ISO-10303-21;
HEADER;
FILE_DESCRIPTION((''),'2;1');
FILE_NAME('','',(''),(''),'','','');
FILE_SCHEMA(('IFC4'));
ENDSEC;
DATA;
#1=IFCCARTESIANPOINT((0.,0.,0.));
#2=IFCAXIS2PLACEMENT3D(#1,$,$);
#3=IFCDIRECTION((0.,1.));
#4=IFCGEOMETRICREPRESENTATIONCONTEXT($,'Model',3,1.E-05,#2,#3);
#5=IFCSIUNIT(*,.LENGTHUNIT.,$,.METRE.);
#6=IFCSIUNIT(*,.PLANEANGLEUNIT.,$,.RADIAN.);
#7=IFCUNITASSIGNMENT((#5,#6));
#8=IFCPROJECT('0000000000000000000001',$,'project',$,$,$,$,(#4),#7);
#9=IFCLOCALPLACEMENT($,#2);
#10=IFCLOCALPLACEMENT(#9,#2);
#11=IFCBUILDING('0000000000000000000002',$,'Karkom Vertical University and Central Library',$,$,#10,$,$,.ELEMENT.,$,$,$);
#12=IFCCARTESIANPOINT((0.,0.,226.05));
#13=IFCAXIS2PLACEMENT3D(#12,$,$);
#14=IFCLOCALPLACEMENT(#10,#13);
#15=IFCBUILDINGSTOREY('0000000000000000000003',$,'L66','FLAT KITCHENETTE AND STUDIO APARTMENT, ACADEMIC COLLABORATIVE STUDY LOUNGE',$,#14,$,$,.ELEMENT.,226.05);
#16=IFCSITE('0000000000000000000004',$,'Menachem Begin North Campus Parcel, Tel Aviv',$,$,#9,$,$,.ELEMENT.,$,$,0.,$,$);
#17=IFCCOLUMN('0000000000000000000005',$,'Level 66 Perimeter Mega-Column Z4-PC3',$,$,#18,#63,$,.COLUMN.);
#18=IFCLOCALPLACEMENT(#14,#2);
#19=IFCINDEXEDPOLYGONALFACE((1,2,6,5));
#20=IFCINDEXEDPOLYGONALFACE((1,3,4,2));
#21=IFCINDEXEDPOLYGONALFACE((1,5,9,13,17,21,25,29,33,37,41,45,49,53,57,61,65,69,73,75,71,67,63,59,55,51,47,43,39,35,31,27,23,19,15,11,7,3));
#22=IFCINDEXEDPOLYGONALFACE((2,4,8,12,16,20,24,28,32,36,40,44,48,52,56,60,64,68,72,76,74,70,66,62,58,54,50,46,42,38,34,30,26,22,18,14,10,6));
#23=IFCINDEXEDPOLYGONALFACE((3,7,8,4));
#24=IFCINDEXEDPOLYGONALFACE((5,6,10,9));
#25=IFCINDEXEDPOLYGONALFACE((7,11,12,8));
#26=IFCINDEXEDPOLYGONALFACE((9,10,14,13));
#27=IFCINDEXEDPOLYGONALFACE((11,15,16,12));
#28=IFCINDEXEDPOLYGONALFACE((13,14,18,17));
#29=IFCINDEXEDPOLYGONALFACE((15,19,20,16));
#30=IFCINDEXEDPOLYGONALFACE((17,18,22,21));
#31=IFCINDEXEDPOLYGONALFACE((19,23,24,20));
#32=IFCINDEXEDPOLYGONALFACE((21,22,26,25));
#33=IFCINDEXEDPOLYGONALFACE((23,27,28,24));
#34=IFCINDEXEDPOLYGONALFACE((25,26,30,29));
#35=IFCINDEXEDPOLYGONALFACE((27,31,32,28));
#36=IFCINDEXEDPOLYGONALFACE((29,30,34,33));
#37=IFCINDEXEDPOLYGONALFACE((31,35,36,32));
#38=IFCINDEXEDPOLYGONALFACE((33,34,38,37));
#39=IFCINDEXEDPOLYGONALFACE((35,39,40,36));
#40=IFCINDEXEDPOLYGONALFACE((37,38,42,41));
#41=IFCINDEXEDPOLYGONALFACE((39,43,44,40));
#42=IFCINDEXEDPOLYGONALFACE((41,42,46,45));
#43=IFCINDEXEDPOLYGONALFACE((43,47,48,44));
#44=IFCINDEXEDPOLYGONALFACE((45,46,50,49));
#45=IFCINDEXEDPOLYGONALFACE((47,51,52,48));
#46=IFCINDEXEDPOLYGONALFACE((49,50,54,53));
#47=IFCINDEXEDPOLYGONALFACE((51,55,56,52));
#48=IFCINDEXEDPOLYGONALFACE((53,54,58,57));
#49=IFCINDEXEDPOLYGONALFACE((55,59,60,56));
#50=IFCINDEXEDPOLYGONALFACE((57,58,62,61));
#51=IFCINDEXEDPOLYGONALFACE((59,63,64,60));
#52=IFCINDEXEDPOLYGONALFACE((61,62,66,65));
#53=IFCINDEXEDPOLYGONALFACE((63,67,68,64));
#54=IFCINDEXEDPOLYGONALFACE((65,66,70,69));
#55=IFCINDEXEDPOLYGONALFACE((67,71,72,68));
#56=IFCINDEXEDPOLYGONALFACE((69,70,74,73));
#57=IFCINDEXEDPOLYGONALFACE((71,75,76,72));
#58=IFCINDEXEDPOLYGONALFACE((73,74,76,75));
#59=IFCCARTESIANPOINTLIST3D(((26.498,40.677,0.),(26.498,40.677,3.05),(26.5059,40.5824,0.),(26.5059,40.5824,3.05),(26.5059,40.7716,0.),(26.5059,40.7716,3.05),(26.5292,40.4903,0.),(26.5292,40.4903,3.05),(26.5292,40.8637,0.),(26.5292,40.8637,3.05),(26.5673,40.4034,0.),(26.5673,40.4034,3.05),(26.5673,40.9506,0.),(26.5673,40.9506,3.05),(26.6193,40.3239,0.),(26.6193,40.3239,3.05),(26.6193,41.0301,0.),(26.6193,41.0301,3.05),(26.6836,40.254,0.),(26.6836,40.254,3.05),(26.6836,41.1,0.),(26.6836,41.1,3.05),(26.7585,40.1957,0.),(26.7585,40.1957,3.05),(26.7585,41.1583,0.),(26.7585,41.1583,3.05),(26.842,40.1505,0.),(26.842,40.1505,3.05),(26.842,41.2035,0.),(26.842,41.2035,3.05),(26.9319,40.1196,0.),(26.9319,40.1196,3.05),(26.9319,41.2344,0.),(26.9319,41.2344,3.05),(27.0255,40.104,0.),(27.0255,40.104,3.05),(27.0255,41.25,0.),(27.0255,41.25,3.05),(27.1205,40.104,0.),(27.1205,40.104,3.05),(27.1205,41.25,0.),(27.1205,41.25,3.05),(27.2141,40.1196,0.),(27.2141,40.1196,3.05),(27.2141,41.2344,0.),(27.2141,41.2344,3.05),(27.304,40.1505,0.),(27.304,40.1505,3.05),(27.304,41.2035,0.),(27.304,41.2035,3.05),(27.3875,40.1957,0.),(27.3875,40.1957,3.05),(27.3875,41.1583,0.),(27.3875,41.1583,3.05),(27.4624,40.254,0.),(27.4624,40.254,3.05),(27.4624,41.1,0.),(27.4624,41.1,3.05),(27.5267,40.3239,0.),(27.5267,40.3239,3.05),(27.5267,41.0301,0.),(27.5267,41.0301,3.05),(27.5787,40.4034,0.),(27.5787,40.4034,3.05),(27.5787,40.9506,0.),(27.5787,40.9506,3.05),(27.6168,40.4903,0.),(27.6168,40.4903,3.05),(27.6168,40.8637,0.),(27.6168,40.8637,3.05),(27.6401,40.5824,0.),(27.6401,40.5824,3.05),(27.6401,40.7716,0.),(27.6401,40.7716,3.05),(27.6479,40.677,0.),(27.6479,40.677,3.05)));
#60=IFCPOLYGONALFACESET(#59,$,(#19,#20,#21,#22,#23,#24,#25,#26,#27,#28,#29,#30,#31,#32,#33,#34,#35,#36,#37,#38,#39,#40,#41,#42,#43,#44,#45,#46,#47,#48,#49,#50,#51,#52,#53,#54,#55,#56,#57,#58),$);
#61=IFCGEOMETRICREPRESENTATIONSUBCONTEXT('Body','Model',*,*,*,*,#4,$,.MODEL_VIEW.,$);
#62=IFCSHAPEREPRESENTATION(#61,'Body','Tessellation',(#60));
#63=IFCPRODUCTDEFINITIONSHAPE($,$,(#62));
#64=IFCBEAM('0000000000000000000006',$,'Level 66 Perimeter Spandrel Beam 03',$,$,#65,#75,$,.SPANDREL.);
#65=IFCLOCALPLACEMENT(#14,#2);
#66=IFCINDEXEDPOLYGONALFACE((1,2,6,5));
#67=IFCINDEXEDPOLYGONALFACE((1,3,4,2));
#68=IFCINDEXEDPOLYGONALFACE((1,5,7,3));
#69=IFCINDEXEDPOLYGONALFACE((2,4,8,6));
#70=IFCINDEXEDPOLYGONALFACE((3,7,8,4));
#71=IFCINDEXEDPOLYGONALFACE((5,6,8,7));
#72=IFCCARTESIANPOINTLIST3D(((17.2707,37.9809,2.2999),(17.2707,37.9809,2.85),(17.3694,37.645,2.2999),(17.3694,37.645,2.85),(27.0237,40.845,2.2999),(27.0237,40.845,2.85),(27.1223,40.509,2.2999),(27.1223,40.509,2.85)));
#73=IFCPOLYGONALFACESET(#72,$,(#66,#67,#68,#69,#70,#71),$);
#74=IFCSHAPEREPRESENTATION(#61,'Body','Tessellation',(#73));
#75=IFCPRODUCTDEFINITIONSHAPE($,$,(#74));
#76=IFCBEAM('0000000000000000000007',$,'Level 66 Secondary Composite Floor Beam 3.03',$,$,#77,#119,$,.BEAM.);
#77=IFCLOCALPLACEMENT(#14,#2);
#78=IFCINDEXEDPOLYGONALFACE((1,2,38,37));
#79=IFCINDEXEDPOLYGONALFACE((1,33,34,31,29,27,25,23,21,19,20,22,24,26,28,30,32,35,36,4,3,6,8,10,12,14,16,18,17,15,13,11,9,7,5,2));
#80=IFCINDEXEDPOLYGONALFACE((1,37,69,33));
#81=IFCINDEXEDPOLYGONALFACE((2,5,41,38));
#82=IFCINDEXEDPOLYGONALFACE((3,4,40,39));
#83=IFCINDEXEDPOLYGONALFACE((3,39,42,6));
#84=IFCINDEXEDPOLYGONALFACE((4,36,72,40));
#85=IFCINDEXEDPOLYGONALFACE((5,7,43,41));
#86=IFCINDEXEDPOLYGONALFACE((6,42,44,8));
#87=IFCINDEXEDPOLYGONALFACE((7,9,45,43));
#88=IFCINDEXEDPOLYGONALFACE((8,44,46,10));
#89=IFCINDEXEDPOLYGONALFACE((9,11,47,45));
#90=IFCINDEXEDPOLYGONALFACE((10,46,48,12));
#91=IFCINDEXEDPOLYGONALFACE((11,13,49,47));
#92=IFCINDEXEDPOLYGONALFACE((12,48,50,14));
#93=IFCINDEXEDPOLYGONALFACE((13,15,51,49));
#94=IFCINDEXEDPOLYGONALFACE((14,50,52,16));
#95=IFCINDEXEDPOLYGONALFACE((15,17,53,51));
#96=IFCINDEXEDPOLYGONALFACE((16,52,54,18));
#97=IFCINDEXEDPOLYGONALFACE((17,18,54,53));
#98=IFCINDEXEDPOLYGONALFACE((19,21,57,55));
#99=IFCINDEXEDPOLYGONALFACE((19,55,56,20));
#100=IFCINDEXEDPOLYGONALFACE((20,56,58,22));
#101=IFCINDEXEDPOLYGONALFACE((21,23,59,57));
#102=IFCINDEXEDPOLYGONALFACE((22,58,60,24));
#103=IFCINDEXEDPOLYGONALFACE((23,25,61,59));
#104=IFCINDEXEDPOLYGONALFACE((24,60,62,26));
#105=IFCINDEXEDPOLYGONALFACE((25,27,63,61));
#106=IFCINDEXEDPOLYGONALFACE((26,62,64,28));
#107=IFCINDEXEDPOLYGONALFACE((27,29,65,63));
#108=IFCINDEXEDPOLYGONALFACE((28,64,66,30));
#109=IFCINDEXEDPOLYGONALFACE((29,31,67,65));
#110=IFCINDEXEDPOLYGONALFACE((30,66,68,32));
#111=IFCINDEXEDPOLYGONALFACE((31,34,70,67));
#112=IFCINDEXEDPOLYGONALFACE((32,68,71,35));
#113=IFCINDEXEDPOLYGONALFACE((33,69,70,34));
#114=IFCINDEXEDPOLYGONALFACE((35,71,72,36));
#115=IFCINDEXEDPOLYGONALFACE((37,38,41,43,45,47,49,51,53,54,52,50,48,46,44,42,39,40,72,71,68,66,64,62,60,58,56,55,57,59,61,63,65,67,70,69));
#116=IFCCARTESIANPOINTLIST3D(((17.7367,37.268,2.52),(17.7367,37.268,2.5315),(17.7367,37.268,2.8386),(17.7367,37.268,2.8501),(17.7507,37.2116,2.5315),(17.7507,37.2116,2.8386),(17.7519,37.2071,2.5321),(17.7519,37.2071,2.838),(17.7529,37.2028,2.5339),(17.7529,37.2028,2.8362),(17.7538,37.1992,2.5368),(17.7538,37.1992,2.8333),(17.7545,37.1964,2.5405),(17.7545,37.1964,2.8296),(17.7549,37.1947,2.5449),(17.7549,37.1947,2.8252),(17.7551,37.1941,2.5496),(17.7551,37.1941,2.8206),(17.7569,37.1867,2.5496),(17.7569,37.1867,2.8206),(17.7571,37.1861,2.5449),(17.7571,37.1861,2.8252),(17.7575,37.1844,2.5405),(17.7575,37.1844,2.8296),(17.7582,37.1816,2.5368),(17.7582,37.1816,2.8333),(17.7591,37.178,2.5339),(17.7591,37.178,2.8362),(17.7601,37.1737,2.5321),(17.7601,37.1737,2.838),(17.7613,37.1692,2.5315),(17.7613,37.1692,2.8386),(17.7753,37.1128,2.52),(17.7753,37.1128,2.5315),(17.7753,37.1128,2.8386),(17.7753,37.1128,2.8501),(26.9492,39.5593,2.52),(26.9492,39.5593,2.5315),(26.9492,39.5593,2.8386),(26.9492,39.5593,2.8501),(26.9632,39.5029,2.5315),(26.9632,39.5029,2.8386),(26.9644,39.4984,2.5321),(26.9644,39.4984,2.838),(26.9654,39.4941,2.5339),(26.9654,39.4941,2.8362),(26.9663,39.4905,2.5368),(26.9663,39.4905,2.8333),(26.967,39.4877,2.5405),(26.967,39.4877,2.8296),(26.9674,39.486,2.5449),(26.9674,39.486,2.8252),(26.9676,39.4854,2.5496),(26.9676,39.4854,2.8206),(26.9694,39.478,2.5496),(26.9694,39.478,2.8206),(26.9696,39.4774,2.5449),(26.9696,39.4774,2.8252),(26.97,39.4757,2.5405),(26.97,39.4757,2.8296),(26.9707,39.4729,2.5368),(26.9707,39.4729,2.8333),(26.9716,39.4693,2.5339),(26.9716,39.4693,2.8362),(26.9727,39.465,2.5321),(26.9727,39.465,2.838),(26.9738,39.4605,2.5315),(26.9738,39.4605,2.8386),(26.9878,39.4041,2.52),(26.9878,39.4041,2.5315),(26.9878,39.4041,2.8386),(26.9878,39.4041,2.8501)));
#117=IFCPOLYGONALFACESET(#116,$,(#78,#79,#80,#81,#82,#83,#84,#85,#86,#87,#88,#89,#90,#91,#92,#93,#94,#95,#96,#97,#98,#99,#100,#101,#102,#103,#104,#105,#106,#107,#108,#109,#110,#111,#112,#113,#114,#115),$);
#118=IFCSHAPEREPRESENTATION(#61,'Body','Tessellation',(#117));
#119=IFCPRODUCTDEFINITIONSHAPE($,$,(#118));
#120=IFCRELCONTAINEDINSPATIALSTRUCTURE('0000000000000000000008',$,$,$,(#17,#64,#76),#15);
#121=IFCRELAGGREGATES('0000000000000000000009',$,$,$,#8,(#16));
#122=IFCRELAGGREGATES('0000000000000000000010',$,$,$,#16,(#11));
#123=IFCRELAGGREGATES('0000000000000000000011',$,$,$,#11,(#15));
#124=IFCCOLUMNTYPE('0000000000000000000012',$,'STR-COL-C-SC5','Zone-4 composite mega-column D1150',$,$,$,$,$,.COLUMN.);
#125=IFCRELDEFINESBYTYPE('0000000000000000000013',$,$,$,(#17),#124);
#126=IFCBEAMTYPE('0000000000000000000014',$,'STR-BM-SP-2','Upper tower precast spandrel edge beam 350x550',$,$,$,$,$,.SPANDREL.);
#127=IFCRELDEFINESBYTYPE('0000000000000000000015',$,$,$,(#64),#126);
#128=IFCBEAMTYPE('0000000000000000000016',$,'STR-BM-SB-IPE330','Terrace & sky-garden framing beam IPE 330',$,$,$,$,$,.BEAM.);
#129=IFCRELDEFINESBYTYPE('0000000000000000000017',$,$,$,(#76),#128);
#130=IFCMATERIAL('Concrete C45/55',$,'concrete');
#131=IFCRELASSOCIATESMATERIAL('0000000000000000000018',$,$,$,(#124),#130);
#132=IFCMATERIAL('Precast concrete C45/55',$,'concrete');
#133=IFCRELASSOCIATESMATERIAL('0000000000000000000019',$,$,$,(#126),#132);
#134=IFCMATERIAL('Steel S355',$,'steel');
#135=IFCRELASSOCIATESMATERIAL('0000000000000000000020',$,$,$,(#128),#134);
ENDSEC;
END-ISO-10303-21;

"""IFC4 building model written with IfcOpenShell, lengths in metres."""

from ifc_helpers import new_model, si_unit, direction, frame, origin, origin_with_axes, origin_2d, place, context, subcontext, project, spatial, rectangle, circle, i_section, extrude, source, transform, mapped, material, material_profile, profile_set, type_object, element, save


model = new_model("IFC4")

# Units and contexts
model_context = context("Model", 3, precision=1e-05, world=origin(), true_north=direction((0.0, 1.0)))
body_context = subcontext(model_context, "Body", "Model", "MODEL_VIEW")
ifc_project = project(units=[si_unit("LENGTHUNIT", "METRE"), si_unit("PLANEANGLEUNIT", "RADIAN")], contexts=[model_context])

# Site, building, storey
site_placement = place(None, origin())
site = spatial("IfcSite", under=ifc_project, at=site_placement, Name="Menachem Begin North Campus Parcel, Tel Aviv", CompositionType="ELEMENT", RefElevation=0.0)
building_placement = place(site_placement, origin())
building = spatial("IfcBuilding", under=site, at=building_placement, Name="Karkom Vertical University and Central Library", CompositionType="ELEMENT")
storey_placement = place(building_placement, frame((0.0, 0.0, 226.05)))
storey = spatial("IfcBuildingStorey", under=building, at=storey_placement, Name="L66", Description="FLAT KITCHENETTE AND STUDIO APARTMENT, ACADEMIC COLLABORATIVE STUDY LOUNGE", CompositionType="ELEMENT", Elevation=226.05)

# Column
ifc_material_1 = material(Name="Concrete C45/55", Category="concrete")
ifc_material_profile_1 = material_profile(ifc_material_1, circle(Radius=0.575, at=origin_2d()), Name="CFT-D1150")
ifc_profile_set_1 = profile_set([ifc_material_profile_1], Name="Concrete C45/55")
column_type = type_object("IfcColumnType", Name="STR-COL-C-SC5", Description="Zone-4 composite mega-column D1150", PredefinedType="COLUMN", material=ifc_profile_set_1)
shared_shape_1 = source(origin_with_axes(), body_context, "Body", "SweptSolid", [
    extrude(circle(Radius=0.575, at=origin_2d()), origin(), (0.0, 0.0, 1.0), 3.05),
])
column_placement = place(storey_placement, frame((27.073, 40.677, 0.0), z_axis=(0.0, 0.0, 1.0), x_axis=(1.0, 0.0, 0.0)))
element("IfcColumn", 1, at=column_placement, inside=storey, type_object=column_type, Name="Level 66 Perimeter Mega-Column Z4-PC3", PredefinedType="COLUMN", context=body_context, shape_type="MappedRepresentation", body=[
    mapped(shared_shape_1, transform((0.0, 0.0, 0.0), scale=1.0)),
])

# Beams
ifc_material_2 = material(Name="Precast concrete C45/55", Category="concrete")
ifc_material_profile_2 = material_profile(ifc_material_2, rectangle(XDim=0.3501, YDim=0.55, at=origin_2d()), Name="SPB-350x550")
ifc_profile_set_2 = profile_set([ifc_material_profile_2], Name="Precast concrete C45/55")
beam_type_1 = type_object("IfcBeamType", Name="STR-BM-SP-2", Description="Upper tower precast spandrel edge beam 350x550", PredefinedType="SPANDREL", material=ifc_profile_set_2)
shared_shape_2 = source(origin_with_axes(), body_context, "Body", "SweptSolid", [
    extrude(rectangle(XDim=0.3501, YDim=0.55, at=origin_2d()), origin(), (0.0, 0.0, 1.0), 10.1648),
])
beam_1_placement = place(storey_placement, frame((27.073, 40.677, 2.575), z_axis=(-0.959485, -0.281759, 0.0), x_axis=(0.281759, -0.959485, 0.0)))
element("IfcBeam", 2, at=beam_1_placement, inside=storey, type_object=beam_type_1, Name="Level 66 Perimeter Spandrel Beam 03", PredefinedType="SPANDREL", context=body_context, shape_type="MappedRepresentation", body=[
    mapped(shared_shape_2, transform((0.0, 0.0, 0.0), scale=1.0)),
])
ifc_material_3 = material(Name="Steel S355", Category="steel")
ifc_material_profile_3 = material_profile(ifc_material_3, i_section(OverallWidth=0.1599, OverallDepth=0.3301, WebThickness=0.0076, FlangeThickness=0.0115, FilletRadius=0.0181, at=origin_2d()), Name="IPE 330")
ifc_profile_set_3 = profile_set([ifc_material_profile_3], Name="Steel S355")
beam_type_2 = type_object("IfcBeamType", Name="STR-BM-SB-IPE330", Description="Terrace & sky-garden framing beam IPE 330", PredefinedType="BEAM", material=ifc_profile_set_3)
shared_shape_3 = source(origin_with_axes(), body_context, "Body", "SweptSolid", [
    extrude(i_section(OverallWidth=0.1599, OverallDepth=0.3301, WebThickness=0.0076, FlangeThickness=0.0115, FilletRadius=0.0181, at=origin_2d()), origin(), (0.0, 0.0, 1.0), 9.4932),
])
beam_2_placement = place(storey_placement, frame((26.9685, 39.4817, 2.6851), z_axis=(-0.970435, -0.241362, 0.0), x_axis=(0.241362, -0.970435, 0.0)))
element("IfcBeam", 3, at=beam_2_placement, inside=storey, type_object=beam_type_2, Name="Level 66 Secondary Composite Floor Beam 3.03", PredefinedType="BEAM", context=body_context, shape_type="MappedRepresentation", body=[
    mapped(shared_shape_3, transform((0.0, 0.0, 0.0), scale=1.0)),
])

save(model, "model.ifc")
